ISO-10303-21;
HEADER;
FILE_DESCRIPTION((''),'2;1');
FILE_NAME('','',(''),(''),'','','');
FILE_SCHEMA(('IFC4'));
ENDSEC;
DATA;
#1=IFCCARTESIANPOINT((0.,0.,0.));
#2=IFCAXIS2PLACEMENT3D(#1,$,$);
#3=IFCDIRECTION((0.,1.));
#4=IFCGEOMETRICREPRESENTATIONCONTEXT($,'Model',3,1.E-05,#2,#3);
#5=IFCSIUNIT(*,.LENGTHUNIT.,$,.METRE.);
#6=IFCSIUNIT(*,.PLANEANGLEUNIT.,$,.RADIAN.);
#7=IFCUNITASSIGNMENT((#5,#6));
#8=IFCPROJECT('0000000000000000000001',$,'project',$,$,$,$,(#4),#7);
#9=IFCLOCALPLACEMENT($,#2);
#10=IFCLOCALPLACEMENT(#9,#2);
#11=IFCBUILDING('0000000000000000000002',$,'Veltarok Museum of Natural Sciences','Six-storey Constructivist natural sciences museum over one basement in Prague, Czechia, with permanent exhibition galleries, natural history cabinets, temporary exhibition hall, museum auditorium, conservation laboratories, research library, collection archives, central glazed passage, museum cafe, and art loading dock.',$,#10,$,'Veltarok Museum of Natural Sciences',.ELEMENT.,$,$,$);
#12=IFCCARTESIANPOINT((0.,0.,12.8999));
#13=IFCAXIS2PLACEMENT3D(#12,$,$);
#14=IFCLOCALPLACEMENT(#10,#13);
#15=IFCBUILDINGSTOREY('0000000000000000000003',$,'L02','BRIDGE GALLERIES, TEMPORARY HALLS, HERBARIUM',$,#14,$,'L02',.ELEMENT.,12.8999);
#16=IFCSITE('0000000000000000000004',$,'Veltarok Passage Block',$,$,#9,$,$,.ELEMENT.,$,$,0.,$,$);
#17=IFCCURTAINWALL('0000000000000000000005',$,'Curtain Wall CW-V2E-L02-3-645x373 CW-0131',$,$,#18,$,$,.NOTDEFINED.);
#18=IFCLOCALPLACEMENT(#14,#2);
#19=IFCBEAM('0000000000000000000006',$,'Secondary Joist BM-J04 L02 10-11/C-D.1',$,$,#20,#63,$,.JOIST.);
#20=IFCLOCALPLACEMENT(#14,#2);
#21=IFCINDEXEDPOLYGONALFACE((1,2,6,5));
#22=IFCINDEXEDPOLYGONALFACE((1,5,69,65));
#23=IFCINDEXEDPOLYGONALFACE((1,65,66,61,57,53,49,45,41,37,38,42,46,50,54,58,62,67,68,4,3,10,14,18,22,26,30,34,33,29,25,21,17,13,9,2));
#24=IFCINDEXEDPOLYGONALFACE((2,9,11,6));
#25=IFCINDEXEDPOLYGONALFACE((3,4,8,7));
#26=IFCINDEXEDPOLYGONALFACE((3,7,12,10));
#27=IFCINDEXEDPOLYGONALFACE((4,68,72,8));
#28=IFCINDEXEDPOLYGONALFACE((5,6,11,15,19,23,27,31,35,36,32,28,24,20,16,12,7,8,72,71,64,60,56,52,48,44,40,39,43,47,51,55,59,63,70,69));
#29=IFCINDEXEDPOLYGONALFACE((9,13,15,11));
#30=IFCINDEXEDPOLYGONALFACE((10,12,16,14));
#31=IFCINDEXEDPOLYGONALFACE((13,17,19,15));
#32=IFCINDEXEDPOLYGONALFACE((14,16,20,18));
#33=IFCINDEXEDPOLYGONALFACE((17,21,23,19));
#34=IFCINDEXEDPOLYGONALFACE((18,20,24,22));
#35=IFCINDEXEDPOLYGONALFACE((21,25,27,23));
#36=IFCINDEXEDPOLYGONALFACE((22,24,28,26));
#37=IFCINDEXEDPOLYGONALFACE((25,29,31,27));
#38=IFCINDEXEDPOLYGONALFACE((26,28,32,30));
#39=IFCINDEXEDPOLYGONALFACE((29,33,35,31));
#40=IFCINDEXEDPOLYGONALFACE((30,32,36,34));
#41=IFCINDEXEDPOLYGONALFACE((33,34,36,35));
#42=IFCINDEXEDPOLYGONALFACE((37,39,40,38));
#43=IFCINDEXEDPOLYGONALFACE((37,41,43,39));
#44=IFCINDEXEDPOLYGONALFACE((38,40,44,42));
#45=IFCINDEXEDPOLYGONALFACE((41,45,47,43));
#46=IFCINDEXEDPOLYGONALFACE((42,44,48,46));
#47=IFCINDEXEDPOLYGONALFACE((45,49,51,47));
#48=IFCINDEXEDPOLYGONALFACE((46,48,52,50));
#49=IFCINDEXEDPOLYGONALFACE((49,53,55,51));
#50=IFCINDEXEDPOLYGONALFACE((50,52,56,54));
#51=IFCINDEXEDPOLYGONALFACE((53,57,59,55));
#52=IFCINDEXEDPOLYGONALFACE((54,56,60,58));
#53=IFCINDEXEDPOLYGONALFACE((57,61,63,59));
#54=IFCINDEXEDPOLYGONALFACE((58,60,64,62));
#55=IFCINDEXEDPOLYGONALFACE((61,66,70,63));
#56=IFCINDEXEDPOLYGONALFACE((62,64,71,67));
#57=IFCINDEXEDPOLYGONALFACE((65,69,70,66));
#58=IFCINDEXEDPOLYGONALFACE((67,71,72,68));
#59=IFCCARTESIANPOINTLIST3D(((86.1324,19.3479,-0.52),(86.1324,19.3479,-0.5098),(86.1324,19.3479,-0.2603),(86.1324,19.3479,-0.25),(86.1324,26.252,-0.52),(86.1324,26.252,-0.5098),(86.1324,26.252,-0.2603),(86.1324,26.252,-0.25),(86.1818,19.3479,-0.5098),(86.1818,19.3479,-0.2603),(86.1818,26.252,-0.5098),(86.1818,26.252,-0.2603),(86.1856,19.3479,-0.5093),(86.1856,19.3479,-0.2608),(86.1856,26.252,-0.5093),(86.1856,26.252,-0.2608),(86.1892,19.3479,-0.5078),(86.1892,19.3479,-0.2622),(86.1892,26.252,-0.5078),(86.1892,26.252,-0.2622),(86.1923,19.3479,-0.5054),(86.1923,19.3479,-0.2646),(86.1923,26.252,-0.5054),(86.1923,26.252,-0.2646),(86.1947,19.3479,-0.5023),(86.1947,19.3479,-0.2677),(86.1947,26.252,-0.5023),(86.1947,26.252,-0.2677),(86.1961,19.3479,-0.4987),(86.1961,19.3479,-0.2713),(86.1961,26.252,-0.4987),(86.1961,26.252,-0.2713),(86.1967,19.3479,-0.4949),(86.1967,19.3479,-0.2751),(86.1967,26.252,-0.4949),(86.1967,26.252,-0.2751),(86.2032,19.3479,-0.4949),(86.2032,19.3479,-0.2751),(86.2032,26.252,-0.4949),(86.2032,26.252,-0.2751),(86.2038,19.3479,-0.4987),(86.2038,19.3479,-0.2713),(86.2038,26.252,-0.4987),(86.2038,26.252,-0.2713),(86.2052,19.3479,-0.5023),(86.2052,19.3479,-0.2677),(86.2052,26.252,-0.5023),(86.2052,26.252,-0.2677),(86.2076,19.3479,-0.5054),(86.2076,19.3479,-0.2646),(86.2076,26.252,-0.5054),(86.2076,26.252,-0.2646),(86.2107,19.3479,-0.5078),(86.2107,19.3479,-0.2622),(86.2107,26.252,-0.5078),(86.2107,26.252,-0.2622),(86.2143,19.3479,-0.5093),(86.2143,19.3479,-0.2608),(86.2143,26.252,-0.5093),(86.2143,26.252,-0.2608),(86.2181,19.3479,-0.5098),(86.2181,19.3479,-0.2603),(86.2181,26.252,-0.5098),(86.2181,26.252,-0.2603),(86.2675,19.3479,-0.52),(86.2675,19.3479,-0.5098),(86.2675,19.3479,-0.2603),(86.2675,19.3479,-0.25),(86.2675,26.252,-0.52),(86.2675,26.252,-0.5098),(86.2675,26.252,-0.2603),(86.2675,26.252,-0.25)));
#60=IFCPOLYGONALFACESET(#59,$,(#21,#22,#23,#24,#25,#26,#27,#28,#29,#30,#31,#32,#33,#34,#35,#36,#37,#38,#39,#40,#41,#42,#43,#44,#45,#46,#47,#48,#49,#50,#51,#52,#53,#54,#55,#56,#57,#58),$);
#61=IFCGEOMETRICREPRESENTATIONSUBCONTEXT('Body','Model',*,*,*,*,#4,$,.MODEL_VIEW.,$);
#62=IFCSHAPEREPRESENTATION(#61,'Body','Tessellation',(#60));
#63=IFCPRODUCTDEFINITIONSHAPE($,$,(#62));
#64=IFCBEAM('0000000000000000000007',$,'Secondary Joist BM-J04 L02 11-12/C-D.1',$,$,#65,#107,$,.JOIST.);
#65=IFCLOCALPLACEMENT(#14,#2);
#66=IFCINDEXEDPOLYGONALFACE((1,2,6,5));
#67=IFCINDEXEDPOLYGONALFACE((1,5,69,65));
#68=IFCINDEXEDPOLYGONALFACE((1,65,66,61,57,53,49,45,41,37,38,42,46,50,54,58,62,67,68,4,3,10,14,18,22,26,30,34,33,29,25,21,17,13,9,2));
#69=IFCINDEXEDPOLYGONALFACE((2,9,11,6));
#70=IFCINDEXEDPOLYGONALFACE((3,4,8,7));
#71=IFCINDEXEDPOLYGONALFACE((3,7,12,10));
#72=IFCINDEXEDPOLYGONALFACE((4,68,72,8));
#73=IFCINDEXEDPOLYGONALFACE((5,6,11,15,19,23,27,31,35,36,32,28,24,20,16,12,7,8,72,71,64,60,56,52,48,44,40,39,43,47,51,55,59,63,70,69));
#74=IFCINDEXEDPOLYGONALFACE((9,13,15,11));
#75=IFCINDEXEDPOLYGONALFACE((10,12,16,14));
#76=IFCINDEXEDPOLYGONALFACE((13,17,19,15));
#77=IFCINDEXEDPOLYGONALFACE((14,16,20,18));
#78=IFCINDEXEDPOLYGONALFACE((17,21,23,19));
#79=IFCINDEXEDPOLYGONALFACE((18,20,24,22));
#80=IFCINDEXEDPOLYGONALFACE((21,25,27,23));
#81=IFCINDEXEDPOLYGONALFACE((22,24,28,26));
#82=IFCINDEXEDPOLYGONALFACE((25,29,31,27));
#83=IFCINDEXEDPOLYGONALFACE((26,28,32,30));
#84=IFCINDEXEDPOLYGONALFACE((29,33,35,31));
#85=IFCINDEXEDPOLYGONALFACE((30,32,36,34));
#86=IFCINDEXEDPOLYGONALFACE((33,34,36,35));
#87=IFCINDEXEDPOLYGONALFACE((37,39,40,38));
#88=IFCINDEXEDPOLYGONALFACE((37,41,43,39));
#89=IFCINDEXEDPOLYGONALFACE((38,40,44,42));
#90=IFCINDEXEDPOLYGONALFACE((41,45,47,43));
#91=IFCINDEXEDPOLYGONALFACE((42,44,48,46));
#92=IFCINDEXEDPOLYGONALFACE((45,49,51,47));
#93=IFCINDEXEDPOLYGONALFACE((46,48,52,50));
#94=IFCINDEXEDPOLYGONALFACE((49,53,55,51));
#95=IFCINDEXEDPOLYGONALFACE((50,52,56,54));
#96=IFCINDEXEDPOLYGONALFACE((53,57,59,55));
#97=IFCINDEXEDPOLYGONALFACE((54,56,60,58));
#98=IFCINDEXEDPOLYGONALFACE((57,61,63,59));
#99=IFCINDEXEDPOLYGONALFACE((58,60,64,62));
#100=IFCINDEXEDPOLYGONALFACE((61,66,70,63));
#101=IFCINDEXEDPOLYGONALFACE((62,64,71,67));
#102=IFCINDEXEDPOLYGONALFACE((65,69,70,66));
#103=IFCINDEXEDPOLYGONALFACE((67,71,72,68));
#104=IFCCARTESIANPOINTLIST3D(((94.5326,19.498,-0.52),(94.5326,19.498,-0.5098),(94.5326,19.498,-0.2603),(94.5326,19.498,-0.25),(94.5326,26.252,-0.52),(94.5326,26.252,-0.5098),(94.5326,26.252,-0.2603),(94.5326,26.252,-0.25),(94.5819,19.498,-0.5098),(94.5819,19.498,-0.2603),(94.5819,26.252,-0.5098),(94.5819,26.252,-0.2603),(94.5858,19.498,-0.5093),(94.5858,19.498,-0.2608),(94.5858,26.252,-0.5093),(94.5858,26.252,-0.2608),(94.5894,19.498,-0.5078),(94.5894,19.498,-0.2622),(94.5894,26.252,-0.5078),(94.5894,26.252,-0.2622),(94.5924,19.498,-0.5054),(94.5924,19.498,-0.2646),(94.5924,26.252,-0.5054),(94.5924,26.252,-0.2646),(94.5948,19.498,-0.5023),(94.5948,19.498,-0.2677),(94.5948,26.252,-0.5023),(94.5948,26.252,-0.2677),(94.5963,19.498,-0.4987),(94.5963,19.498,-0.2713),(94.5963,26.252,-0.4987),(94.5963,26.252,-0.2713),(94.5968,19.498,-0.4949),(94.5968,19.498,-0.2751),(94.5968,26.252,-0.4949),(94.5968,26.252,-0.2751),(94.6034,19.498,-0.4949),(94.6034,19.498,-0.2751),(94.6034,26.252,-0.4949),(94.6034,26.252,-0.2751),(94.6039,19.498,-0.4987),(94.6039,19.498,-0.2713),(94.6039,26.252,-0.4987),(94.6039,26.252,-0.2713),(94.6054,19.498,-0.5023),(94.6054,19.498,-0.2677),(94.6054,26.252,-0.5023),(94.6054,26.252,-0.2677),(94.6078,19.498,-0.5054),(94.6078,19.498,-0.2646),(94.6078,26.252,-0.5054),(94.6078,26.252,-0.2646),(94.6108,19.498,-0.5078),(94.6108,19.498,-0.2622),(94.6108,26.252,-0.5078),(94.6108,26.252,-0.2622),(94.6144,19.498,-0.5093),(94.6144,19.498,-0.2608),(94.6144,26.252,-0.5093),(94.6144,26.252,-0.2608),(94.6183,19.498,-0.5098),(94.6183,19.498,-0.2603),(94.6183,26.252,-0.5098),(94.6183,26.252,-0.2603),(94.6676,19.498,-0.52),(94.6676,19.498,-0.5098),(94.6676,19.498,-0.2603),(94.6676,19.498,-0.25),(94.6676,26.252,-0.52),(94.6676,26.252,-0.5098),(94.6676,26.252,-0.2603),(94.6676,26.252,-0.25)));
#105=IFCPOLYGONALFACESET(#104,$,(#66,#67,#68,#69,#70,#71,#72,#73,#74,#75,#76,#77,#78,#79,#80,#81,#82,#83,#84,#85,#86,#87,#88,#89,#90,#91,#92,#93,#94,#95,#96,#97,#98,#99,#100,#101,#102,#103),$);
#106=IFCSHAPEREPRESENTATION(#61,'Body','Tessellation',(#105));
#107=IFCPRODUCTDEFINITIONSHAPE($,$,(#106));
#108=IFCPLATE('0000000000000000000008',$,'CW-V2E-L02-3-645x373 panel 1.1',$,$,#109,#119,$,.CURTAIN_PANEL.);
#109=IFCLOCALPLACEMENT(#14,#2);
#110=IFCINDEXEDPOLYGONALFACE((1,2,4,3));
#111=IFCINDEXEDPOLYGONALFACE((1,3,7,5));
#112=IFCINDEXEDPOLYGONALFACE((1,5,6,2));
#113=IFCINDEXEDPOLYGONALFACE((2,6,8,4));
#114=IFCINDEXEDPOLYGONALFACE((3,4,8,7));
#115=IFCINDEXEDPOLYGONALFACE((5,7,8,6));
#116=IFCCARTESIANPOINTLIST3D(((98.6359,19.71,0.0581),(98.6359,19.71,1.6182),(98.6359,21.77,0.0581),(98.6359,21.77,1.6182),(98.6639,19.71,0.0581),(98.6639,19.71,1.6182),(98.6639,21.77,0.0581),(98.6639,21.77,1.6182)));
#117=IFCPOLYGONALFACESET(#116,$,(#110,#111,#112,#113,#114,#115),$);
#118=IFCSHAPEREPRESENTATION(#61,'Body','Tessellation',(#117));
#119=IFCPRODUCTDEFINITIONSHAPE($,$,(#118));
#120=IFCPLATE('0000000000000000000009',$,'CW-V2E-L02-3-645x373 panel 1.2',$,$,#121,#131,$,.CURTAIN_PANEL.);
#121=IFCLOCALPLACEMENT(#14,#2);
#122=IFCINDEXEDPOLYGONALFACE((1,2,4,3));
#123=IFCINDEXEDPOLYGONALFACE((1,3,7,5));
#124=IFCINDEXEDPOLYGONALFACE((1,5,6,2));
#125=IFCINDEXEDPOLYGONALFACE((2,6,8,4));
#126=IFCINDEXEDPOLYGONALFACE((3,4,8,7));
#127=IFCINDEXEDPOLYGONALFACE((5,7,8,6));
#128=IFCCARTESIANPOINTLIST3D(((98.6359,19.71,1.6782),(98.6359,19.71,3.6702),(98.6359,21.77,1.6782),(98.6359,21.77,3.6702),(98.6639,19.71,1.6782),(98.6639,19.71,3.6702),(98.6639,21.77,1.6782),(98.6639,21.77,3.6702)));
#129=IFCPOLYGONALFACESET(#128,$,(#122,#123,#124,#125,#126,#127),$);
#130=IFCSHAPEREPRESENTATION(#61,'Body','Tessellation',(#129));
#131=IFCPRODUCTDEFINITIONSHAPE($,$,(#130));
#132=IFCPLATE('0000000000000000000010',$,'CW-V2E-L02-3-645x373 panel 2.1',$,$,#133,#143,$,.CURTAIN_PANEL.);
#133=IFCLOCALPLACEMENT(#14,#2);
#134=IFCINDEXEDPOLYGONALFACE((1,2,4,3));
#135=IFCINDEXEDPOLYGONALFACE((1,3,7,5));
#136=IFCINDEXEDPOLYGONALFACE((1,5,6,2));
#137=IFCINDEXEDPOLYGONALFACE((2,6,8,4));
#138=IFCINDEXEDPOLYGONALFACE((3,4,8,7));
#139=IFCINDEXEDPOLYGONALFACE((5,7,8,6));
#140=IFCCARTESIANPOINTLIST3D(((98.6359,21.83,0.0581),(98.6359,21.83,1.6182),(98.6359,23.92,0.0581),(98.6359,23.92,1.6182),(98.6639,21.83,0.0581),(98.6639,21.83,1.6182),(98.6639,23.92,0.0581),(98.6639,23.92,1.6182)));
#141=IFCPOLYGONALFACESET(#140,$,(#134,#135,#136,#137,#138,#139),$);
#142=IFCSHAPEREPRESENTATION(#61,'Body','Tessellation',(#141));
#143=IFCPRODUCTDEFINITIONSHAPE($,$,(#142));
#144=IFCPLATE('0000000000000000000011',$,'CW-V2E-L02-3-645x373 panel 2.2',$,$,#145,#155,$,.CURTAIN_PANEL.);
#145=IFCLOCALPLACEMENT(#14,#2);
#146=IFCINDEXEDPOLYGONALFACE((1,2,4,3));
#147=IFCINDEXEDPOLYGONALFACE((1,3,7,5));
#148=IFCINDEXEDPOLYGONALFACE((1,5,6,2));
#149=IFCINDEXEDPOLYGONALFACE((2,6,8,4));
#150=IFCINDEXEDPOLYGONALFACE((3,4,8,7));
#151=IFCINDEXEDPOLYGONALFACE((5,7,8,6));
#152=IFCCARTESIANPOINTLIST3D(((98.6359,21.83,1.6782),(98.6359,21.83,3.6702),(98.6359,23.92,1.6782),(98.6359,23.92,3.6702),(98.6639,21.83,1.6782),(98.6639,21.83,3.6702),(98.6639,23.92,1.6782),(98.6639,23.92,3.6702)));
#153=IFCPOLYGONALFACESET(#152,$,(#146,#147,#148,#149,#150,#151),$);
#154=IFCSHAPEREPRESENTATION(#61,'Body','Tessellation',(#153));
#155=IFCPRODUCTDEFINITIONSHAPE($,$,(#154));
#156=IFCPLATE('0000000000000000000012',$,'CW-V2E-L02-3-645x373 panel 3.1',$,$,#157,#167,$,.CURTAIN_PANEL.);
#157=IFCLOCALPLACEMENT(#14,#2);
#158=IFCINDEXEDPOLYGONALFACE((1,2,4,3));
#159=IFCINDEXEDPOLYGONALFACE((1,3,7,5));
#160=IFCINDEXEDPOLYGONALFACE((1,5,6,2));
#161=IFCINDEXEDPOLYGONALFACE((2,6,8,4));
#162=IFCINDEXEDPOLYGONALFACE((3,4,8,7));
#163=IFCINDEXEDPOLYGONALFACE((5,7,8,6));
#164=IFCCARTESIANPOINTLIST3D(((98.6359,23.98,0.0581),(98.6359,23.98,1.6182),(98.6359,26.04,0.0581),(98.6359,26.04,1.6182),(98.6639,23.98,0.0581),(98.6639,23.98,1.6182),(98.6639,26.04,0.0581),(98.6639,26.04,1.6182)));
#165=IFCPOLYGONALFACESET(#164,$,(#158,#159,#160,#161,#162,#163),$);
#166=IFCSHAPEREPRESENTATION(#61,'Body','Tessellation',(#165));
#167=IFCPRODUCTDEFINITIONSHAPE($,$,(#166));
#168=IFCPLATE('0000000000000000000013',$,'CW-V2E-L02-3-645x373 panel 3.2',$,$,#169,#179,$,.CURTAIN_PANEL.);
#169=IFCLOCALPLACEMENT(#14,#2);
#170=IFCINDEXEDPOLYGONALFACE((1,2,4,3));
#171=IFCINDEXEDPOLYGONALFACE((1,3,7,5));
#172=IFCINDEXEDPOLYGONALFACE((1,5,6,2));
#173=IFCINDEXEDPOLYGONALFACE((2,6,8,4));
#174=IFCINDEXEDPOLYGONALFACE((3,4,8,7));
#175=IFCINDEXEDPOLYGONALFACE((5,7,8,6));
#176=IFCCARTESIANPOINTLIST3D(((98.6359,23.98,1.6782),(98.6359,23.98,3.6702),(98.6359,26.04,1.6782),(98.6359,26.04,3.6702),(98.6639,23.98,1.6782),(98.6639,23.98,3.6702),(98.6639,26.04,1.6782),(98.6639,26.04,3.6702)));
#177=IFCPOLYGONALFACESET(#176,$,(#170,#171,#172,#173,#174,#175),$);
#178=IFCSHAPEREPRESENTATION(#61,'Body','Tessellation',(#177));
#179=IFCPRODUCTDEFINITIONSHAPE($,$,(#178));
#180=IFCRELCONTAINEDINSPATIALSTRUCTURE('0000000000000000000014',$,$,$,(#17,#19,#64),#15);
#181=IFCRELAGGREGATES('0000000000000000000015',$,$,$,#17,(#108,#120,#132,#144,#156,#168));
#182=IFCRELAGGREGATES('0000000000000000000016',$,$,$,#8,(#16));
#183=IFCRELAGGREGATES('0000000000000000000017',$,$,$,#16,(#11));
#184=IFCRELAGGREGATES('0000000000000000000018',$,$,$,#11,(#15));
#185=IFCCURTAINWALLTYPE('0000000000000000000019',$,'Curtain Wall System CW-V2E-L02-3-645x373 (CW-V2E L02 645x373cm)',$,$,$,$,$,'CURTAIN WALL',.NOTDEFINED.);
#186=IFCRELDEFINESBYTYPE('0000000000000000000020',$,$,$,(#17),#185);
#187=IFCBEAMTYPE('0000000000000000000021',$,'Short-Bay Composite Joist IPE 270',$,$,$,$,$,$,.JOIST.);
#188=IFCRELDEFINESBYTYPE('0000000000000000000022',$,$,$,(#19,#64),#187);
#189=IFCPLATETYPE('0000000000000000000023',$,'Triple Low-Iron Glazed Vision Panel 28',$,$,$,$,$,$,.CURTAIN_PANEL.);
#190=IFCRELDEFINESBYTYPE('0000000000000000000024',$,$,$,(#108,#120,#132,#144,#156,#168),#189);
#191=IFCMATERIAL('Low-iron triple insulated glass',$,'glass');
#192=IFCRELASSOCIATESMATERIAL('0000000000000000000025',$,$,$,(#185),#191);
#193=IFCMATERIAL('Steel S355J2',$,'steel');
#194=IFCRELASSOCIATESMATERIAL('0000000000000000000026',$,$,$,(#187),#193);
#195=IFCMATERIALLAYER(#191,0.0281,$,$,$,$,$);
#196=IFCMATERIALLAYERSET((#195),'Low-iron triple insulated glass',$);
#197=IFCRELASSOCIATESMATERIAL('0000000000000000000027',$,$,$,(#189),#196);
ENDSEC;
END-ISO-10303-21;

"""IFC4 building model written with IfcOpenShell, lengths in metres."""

from ifc_helpers import new_model, si_unit, direction, frame, origin, origin_2d, place, context, subcontext, project, spatial, rectangle, i_section, extrude, material, layer, layer_set, material_profile, profile_set, type_object, element, aggregate, save


model = new_model("IFC4")

# Units and contexts
model_context = context("Model", 3, precision=1e-05, world=origin(), true_north=direction((0.0, 1.0)))
body_context = subcontext(model_context, "Body", "Model", "MODEL_VIEW")
ifc_project = project(units=[si_unit("LENGTHUNIT", "METRE"), si_unit("PLANEANGLEUNIT", "RADIAN")], contexts=[model_context])

# Site, building, storey
site_placement = place(None, origin())
site = spatial("IfcSite", under=ifc_project, at=site_placement, Name="Veltarok Passage Block", CompositionType="ELEMENT", RefElevation=0.0)
building_placement = place(site_placement, origin())
building = spatial("IfcBuilding", under=site, at=building_placement, Name="Veltarok Museum of Natural Sciences", Description="Six-storey Constructivist natural sciences museum over one basement in Prague, Czechia, with permanent exhibition galleries, natural history cabinets, temporary exhibition hall, museum auditorium, conservation laboratories, research library, collection archives, central glazed passage, museum cafe, and art loading dock.", LongName="Veltarok Museum of Natural Sciences", CompositionType="ELEMENT")
storey_placement = place(building_placement, frame((0.0, 0.0, 12.8999)))
storey = spatial("IfcBuildingStorey", under=building, at=storey_placement, Name="L02", Description="BRIDGE GALLERIES, TEMPORARY HALLS, HERBARIUM", LongName="L02", CompositionType="ELEMENT", Elevation=12.8999)

# Shared definitions
ifc_material_1 = material(Name="Steel S355J2", Category="steel")

# Curtain wall
ifc_material_2 = material(Name="Low-iron triple insulated glass", Category="glass")
curtain_wall_type = type_object("IfcCurtainWallType", Name="Curtain Wall System CW-V2E-L02-3-645x373 (CW-V2E L02 645x373cm)", ElementType="CURTAIN WALL", PredefinedType="NOTDEFINED", material=ifc_material_2)
curtain_wall_placement = place(storey_placement, origin())
curtain_wall = element("IfcCurtainWall", 1, at=curtain_wall_placement, inside=storey, type_object=curtain_wall_type, Name="Curtain Wall CW-V2E-L02-3-645x373 CW-0131", PredefinedType="NOTDEFINED")

# Beams
ifc_material_profile_1 = material_profile(ifc_material_1, i_section(OverallWidth=0.135, OverallDepth=0.27, WebThickness=0.0066, FlangeThickness=0.0103, FilletRadius=0.0149, at=origin_2d()), Name="IPE 270")
ifc_profile_set_1 = profile_set([ifc_material_profile_1], Name="Steel S355J2")
beam_type_1 = type_object("IfcBeamType", Name="Short-Bay Composite Joist IPE 270", PredefinedType="JOIST", material=ifc_profile_set_1)
beam_1_placement = place(storey_placement, frame((86.2, 19.3479, -0.385), z_axis=(0.0, 1.0, 0.0), x_axis=(-1.0, 0.0, 0.0)))
element("IfcBeam", 2, at=beam_1_placement, inside=storey, type_object=beam_type_1, Name="Secondary Joist BM-J04 L02 10-11/C-D.1", PredefinedType="JOIST", context=body_context, shape_type="SweptSolid", body=[
    extrude(i_section(OverallWidth=0.135, OverallDepth=0.27, WebThickness=0.0066, FlangeThickness=0.0103, FilletRadius=0.0149, at=origin_2d()), origin(), (0.0, 0.0, 1.0), 6.9041),
])
beam_2_placement = place(storey_placement, frame((94.6001, 19.498, -0.385), z_axis=(0.0, 1.0, 0.0), x_axis=(-1.0, 0.0, 0.0)))
element("IfcBeam", 3, at=beam_2_placement, inside=storey, type_object=beam_type_1, Name="Secondary Joist BM-J04 L02 11-12/C-D.1", PredefinedType="JOIST", context=body_context, shape_type="SweptSolid", body=[
    extrude(i_section(OverallWidth=0.135, OverallDepth=0.27, WebThickness=0.0066, FlangeThickness=0.0103, FilletRadius=0.0149, at=origin_2d()), origin(), (0.0, 0.0, 1.0), 6.7539),
])

# Plates
ifc_layer_1 = layer(ifc_material_2, 0.0281)
ifc_layer_set_1 = layer_set([ifc_layer_1], Name="Low-iron triple insulated glass")
plate_type = type_object("IfcPlateType", Name="Triple Low-Iron Glazed Vision Panel 28", PredefinedType="CURTAIN_PANEL", material=ifc_layer_set_1)
plate_1_placement = place(storey_placement, frame((98.6499, 20.74, 0.0581), z_axis=(0.0, 0.0, 1.0), x_axis=(0.0, 1.0, 0.0)))
plate_1 = element("IfcPlate", 4, at=plate_1_placement, type_object=plate_type, Name="CW-V2E-L02-3-645x373 panel 1.1", PredefinedType="CURTAIN_PANEL", context=body_context, shape_type="SweptSolid", body=[
    extrude(rectangle(XDim=2.0601, YDim=0.0281, at=origin_2d()), origin(), (0.0, 0.0, 1.0), 1.5601),
])
plate_2_placement = place(storey_placement, frame((98.6499, 20.74, 1.6782), z_axis=(0.0, 0.0, 1.0), x_axis=(0.0, 1.0, 0.0)))
plate_2 = element("IfcPlate", 5, at=plate_2_placement, type_object=plate_type, Name="CW-V2E-L02-3-645x373 panel 1.2", PredefinedType="CURTAIN_PANEL", context=body_context, shape_type="SweptSolid", body=[
    extrude(rectangle(XDim=2.0601, YDim=0.0281, at=origin_2d()), origin(), (0.0, 0.0, 1.0), 1.9919),
])
plate_3_placement = place(storey_placement, frame((98.6499, 22.875, 0.0581), z_axis=(0.0, 0.0, 1.0), x_axis=(0.0, 1.0, 0.0)))
plate_3 = element("IfcPlate", 6, at=plate_3_placement, type_object=plate_type, Name="CW-V2E-L02-3-645x373 panel 2.1", PredefinedType="CURTAIN_PANEL", context=body_context, shape_type="SweptSolid", body=[
    extrude(rectangle(XDim=2.0901, YDim=0.0281, at=origin_2d()), origin(), (0.0, 0.0, 1.0), 1.5601),
])
plate_4_placement = place(storey_placement, frame((98.6499, 22.875, 1.6782), z_axis=(0.0, 0.0, 1.0), x_axis=(0.0, 1.0, 0.0)))
plate_4 = element("IfcPlate", 7, at=plate_4_placement, type_object=plate_type, Name="CW-V2E-L02-3-645x373 panel 2.2", PredefinedType="CURTAIN_PANEL", context=body_context, shape_type="SweptSolid", body=[
    extrude(rectangle(XDim=2.0901, YDim=0.0281, at=origin_2d()), origin(), (0.0, 0.0, 1.0), 1.9919),
])
plate_5_placement = place(storey_placement, frame((98.6499, 25.01, 0.0581), z_axis=(0.0, 0.0, 1.0), x_axis=(0.0, 1.0, 0.0)))
plate_5 = element("IfcPlate", 8, at=plate_5_placement, type_object=plate_type, Name="CW-V2E-L02-3-645x373 panel 3.1", PredefinedType="CURTAIN_PANEL", context=body_context, shape_type="SweptSolid", body=[
    extrude(rectangle(XDim=2.0601, YDim=0.0281, at=origin_2d()), origin(), (0.0, 0.0, 1.0), 1.5601),
])
plate_6_placement = place(storey_placement, frame((98.6499, 25.01, 1.6782), z_axis=(0.0, 0.0, 1.0), x_axis=(0.0, 1.0, 0.0)))
plate_6 = element("IfcPlate", 9, at=plate_6_placement, type_object=plate_type, Name="CW-V2E-L02-3-645x373 panel 3.2", PredefinedType="CURTAIN_PANEL", context=body_context, shape_type="SweptSolid", body=[
    extrude(rectangle(XDim=2.0601, YDim=0.0281, at=origin_2d()), origin(), (0.0, 0.0, 1.0), 1.9919),
])
aggregate(curtain_wall, [plate_1, plate_2, plate_3, plate_4, plate_5, plate_6])

save(model, "model.ifc")
